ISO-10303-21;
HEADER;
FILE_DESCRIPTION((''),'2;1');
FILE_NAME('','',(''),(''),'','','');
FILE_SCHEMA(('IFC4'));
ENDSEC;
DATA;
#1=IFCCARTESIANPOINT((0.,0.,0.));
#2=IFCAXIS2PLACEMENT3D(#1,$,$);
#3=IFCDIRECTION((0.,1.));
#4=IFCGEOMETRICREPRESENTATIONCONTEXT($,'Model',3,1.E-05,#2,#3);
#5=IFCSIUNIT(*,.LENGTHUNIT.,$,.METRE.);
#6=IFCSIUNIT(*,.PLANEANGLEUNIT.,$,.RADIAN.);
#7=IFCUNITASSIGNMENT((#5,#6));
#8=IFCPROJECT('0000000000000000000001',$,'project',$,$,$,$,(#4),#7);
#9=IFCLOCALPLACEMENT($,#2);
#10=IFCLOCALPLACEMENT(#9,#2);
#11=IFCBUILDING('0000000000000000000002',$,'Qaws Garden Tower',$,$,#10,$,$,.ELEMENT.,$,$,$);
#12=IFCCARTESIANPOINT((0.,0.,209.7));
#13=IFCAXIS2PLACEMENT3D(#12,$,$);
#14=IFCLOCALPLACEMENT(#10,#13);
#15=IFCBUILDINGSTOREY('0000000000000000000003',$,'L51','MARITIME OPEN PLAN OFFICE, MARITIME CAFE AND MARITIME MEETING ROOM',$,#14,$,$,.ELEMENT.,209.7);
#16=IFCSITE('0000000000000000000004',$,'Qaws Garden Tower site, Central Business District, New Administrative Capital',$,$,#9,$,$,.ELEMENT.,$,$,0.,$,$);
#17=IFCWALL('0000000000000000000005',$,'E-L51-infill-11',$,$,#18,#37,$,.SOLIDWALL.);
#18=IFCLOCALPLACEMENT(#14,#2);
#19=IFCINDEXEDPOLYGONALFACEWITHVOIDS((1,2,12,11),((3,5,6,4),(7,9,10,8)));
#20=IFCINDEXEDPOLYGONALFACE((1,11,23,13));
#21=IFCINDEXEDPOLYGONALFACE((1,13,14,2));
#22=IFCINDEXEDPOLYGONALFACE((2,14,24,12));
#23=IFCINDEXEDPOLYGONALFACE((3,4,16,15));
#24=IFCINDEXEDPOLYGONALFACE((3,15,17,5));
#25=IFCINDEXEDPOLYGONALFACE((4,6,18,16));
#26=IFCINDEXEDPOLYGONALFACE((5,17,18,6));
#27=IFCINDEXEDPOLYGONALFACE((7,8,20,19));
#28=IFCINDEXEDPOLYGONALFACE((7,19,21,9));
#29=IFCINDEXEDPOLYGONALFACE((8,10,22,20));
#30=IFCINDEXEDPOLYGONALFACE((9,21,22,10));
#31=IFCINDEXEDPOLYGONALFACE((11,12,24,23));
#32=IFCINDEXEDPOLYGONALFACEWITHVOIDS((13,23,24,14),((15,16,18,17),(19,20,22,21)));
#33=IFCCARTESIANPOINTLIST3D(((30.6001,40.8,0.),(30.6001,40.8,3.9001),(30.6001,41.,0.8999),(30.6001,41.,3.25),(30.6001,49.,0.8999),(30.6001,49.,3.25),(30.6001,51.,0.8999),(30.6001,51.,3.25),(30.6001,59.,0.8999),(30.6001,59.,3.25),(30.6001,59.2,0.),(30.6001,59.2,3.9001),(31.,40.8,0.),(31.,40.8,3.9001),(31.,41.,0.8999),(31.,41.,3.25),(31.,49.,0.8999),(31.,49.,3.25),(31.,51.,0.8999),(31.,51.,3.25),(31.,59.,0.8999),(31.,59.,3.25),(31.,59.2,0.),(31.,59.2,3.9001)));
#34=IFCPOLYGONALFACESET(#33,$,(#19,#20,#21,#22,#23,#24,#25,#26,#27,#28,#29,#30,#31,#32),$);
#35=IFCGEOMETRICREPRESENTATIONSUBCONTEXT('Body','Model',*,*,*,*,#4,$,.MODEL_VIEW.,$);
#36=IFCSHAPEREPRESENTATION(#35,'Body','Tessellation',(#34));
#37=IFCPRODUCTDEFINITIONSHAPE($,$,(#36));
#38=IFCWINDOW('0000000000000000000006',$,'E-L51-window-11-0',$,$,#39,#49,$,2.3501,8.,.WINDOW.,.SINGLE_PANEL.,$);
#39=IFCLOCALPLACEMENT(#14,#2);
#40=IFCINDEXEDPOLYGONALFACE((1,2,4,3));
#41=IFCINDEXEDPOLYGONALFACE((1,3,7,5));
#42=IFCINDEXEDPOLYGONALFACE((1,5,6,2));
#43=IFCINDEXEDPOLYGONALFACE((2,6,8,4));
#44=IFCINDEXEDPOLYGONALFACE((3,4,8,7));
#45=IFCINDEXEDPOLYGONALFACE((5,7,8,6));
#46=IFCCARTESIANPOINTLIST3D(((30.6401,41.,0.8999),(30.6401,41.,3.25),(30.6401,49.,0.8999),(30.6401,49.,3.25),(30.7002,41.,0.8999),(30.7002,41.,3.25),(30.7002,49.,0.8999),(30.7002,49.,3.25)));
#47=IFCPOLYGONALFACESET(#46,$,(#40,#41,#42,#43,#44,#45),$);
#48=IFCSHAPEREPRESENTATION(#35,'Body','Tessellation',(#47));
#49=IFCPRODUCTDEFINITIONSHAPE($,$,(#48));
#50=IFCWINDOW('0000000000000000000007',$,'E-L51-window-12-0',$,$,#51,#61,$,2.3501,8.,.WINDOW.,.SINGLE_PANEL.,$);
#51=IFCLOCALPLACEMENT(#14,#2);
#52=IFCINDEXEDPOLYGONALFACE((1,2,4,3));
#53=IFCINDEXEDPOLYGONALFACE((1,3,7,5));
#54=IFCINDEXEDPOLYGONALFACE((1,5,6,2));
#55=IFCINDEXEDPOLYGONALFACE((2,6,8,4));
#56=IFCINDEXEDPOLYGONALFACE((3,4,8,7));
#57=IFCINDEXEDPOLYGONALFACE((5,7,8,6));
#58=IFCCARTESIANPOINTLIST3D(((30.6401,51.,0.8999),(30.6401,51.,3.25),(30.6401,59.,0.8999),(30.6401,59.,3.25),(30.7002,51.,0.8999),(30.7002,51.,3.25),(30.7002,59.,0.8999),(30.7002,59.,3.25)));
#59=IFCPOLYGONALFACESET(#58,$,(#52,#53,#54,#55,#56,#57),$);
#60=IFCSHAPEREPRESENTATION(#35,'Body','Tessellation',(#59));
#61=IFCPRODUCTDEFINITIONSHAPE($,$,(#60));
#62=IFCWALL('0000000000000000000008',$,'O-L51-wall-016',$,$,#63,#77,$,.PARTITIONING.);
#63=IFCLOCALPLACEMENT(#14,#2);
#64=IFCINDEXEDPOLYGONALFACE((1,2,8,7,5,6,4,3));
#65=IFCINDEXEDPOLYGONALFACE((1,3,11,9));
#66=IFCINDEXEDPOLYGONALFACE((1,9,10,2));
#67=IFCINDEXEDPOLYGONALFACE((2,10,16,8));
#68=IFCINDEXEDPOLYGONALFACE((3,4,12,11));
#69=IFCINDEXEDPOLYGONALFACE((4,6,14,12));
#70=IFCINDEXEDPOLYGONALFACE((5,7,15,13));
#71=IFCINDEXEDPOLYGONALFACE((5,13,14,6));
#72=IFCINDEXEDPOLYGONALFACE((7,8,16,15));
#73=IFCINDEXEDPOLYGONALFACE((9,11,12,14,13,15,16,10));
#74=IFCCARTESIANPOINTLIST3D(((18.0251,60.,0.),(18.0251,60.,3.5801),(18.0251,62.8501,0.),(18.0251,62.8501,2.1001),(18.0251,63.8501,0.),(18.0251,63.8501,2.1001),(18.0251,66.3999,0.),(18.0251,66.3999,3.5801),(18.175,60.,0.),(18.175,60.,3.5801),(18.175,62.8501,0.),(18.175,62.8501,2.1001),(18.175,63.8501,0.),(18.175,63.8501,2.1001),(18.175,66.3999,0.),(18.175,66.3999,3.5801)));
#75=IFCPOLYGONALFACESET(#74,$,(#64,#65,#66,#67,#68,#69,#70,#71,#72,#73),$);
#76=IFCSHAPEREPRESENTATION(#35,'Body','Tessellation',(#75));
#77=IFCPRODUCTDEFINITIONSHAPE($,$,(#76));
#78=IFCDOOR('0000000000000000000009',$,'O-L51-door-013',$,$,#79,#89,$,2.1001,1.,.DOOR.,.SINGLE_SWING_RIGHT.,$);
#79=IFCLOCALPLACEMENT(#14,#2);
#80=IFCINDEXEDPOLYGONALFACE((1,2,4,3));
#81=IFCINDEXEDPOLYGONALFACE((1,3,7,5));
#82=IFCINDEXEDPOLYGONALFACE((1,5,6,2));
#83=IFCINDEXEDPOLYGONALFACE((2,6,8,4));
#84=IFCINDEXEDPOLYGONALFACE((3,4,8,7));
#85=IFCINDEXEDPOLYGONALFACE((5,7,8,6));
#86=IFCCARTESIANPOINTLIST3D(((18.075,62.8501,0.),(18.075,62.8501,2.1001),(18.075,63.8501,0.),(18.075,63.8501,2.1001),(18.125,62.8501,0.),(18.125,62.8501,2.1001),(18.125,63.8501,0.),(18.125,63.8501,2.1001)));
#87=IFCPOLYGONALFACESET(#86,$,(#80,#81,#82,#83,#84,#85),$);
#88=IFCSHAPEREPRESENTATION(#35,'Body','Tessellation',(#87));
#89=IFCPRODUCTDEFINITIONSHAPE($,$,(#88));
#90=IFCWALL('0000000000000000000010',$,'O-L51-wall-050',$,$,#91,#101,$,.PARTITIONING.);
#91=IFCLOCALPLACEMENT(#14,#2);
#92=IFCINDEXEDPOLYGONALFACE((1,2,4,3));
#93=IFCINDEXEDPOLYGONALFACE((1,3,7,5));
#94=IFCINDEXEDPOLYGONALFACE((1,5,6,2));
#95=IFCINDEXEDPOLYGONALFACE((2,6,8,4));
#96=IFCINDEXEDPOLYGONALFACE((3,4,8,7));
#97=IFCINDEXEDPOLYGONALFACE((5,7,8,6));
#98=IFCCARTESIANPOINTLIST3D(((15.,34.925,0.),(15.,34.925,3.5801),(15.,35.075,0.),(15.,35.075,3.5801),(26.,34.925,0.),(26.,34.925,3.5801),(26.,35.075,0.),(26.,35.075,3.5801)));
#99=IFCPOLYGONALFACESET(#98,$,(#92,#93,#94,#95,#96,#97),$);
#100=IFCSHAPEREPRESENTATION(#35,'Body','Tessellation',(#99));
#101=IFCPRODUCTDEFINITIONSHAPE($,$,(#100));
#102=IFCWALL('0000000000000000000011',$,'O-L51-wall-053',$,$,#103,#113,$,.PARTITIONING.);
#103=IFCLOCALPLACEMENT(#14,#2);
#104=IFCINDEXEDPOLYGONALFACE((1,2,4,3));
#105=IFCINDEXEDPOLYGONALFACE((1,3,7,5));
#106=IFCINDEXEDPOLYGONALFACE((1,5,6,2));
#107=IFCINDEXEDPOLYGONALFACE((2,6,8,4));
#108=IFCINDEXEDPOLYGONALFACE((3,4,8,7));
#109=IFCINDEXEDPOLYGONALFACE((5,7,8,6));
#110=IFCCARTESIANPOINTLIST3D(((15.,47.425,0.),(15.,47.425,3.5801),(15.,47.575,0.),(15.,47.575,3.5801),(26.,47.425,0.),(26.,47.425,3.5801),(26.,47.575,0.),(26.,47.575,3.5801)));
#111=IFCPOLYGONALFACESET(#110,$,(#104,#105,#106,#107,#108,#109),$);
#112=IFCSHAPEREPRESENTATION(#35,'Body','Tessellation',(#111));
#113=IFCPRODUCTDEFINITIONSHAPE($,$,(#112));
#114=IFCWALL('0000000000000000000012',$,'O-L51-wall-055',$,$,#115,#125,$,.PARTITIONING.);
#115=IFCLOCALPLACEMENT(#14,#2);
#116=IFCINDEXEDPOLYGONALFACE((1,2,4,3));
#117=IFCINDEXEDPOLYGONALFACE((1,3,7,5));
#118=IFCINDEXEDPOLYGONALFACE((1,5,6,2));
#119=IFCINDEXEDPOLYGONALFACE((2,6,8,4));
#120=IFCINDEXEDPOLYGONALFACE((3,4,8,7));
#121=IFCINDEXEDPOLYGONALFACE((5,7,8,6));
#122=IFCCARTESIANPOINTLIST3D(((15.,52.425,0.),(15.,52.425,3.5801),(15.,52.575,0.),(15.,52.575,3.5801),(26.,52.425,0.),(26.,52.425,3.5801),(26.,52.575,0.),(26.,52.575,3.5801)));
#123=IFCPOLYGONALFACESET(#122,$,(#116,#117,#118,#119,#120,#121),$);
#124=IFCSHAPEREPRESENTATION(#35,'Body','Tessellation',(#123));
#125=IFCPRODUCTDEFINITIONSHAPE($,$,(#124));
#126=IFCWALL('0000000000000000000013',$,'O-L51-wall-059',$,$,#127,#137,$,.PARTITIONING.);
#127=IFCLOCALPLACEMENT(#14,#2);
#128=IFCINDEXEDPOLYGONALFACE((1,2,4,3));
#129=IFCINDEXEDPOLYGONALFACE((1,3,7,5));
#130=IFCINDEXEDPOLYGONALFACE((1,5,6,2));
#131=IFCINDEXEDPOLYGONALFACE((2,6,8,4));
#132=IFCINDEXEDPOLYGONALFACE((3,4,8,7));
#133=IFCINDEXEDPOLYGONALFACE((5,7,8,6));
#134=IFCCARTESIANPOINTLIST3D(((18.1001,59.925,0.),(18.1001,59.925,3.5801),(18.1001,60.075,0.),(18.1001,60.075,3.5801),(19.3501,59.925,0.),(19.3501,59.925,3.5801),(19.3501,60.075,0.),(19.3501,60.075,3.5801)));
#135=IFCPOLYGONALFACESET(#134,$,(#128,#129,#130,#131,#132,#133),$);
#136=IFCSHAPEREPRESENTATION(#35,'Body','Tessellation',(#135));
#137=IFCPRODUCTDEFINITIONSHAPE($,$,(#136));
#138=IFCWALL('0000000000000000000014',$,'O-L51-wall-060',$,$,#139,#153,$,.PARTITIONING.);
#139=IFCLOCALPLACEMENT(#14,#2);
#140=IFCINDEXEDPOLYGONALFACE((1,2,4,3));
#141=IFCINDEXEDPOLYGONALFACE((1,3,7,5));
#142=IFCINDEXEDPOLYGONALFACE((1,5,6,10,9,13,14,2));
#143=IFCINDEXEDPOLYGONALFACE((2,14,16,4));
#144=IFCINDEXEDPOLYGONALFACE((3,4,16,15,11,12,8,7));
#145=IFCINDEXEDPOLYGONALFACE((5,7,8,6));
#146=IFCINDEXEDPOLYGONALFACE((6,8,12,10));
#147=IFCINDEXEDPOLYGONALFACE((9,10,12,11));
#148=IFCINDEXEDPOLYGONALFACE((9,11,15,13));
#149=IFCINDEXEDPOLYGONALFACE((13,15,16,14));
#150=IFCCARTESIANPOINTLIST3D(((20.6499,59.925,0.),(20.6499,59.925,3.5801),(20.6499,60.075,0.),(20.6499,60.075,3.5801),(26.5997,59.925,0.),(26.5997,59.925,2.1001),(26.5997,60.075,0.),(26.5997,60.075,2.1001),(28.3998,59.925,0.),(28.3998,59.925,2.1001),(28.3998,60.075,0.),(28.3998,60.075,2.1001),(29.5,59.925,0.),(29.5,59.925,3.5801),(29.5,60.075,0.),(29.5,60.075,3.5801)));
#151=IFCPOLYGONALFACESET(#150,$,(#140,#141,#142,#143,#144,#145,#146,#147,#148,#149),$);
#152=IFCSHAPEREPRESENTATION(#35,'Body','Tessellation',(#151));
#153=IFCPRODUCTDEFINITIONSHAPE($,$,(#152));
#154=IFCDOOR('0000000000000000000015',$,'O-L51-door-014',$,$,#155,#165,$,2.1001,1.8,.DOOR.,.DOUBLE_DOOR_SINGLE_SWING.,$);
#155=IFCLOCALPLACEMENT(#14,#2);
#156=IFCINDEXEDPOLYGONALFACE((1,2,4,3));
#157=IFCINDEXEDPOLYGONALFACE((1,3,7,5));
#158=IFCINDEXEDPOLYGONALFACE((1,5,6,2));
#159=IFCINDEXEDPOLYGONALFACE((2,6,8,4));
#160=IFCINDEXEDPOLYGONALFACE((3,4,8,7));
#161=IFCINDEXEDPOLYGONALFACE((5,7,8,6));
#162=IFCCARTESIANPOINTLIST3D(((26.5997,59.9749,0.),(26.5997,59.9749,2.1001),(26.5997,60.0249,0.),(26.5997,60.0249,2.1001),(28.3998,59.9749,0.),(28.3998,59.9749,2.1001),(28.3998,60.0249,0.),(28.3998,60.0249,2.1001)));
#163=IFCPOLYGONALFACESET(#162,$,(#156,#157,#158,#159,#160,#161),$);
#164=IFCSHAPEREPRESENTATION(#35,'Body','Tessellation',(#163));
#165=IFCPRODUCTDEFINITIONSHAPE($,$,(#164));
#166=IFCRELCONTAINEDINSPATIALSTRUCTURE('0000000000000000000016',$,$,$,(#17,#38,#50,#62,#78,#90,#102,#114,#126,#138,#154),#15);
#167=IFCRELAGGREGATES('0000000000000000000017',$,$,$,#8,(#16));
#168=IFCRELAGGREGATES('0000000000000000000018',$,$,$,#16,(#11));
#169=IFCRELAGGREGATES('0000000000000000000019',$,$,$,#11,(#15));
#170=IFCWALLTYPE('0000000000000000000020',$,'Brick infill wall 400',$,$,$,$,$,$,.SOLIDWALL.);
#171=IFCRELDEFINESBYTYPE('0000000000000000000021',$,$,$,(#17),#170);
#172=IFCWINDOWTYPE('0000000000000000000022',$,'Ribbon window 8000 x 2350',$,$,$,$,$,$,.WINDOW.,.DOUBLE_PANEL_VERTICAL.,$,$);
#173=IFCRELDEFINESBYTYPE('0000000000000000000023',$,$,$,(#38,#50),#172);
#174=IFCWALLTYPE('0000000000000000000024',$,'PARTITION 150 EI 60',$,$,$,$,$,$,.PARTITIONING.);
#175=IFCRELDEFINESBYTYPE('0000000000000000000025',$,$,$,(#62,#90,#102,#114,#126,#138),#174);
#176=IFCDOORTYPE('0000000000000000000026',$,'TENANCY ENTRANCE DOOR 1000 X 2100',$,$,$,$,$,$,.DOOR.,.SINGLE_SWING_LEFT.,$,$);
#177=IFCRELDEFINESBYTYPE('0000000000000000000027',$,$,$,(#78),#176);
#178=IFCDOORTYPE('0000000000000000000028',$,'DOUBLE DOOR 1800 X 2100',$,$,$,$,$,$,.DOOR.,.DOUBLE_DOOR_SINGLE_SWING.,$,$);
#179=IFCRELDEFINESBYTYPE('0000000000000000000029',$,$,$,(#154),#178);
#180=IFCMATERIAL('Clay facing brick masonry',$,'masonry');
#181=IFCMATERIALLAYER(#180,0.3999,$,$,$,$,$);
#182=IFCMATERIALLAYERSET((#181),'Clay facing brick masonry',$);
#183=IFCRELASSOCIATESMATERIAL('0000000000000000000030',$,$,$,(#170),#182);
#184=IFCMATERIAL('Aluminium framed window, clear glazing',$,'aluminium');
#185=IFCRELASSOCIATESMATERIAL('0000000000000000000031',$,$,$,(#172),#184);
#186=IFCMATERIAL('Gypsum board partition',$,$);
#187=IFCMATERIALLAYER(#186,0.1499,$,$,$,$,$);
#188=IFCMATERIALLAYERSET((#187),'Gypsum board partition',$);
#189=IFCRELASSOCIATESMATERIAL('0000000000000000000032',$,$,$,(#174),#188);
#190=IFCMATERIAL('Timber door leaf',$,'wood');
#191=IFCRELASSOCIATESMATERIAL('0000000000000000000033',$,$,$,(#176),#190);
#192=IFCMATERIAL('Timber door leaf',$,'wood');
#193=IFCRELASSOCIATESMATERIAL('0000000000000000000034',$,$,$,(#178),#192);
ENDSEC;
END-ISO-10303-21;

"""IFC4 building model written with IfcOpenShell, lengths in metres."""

from ifc_helpers import new_model, si_unit, direction, frame, frame_2d, origin, place, context, subcontext, project, spatial, rectangle, extrude, material, layer, layer_set, type_object, element, fill, save


model = new_model("IFC4")

# Units and contexts
model_context = context("Model", 3, precision=1e-05, world=origin(), true_north=direction((0.0, 1.0)))
body_context = subcontext(model_context, "Body", "Model", "MODEL_VIEW")
ifc_project = project(units=[si_unit("LENGTHUNIT", "METRE"), si_unit("PLANEANGLEUNIT", "RADIAN")], contexts=[model_context])

# Site, building, storey
site_placement = place(None, origin())
site = spatial("IfcSite", under=ifc_project, at=site_placement, Name="Qaws Garden Tower site, Central Business District, New Administrative Capital", CompositionType="ELEMENT", RefElevation=0.0)
building_placement = place(site_placement, origin())
building = spatial("IfcBuilding", under=site, at=building_placement, Name="Qaws Garden Tower", CompositionType="ELEMENT")
storey_placement = place(building_placement, frame((0.0, 0.0, 209.7)))
storey = spatial("IfcBuildingStorey", under=building, at=storey_placement, Name="L51", Description="MARITIME OPEN PLAN OFFICE, MARITIME CAFE AND MARITIME MEETING ROOM", CompositionType="ELEMENT", Elevation=209.7)

# Shared definitions
ifc_material_1 = material(Name="Clay facing brick masonry", Category="masonry")
ifc_layer_1 = layer(ifc_material_1, 0.3999)
ifc_layer_set_1 = layer_set([ifc_layer_1], Name="Clay facing brick masonry")
wall_type_1 = type_object("IfcWallType", Name="Brick infill wall 400", PredefinedType="SOLIDWALL", material=ifc_layer_set_1)

# Wall, openings, windows
wall_1_placement = place(storey_placement, frame((30.8, 40.8, 0.0), z_axis=(0.0, 0.0, 1.0), x_axis=(0.0, 1.0, 0.0)))
wall_1 = element("IfcWall", 1, at=wall_1_placement, inside=storey, type_object=wall_type_1, Name="E-L51-infill-11", PredefinedType="SOLIDWALL", context=body_context, shape_type="SweptSolid", body=[
    extrude(rectangle(XDim=18.3999, YDim=0.3999, at=frame_2d((9.2, 0.0))), origin(), (0.0, 0.0, 1.0), 3.9001),
])
opening_1_placement = place(wall_1_placement, frame((0.2, 0.0, 0.8999)))
opening_1 = element("IfcOpeningElement", 2, at=opening_1_placement, cuts=wall_1, PredefinedType="OPENING", context=body_context, shape_type="SweptSolid", body=[
    extrude(rectangle(XDim=8.0, YDim=2.3501, at=frame_2d((4.0, 1.175))), frame((0.0, 0.21, 0.0), z_axis=(0.0, -1.0, 0.0), x_axis=(1.0, 0.0, 0.0)), (0.0, 0.0, 1.0), 0.4199),
])
opening_2_placement = place(wall_1_placement, frame((10.2, 0.0, 0.8999)))
opening_2 = element("IfcOpeningElement", 3, at=opening_2_placement, cuts=wall_1, PredefinedType="OPENING", context=body_context, shape_type="SweptSolid", body=[
    extrude(rectangle(XDim=8.0, YDim=2.3501, at=frame_2d((4.0, 1.175))), frame((0.0, 0.21, 0.0), z_axis=(0.0, -1.0, 0.0), x_axis=(1.0, 0.0, 0.0)), (0.0, 0.0, 1.0), 0.4199),
])
ifc_material_2 = material(Name="Aluminium framed window, clear glazing", Category="aluminium")
window_type_1 = type_object("IfcWindowType", Name="Ribbon window 8000 x 2350", PartitioningType="DOUBLE_PANEL_VERTICAL", PredefinedType="WINDOW", material=ifc_material_2)
window_1_placement = place(opening_1_placement, origin())
window_1 = element("IfcWindow", 4, at=window_1_placement, inside=storey, type_object=window_type_1, Name="E-L51-window-11-0", OverallHeight=2.3501, OverallWidth=8.0, PartitioningType="SINGLE_PANEL", PredefinedType="WINDOW", context=body_context, shape_type="SweptSolid", body=[
    extrude(rectangle(XDim=8.0, YDim=2.3501, at=frame_2d((4.0, 1.175))), frame((0.0, 0.1599, 0.0), z_axis=(0.0, -1.0, 0.0), x_axis=(1.0, 0.0, 0.0)), (0.0, 0.0, 1.0), 0.0601),
])
fill(opening_1, window_1)
window_2_placement = place(opening_2_placement, origin())
window_2 = element("IfcWindow", 5, at=window_2_placement, inside=storey, type_object=window_type_1, Name="E-L51-window-12-0", OverallHeight=2.3501, OverallWidth=8.0, PartitioningType="SINGLE_PANEL", PredefinedType="WINDOW", context=body_context, shape_type="SweptSolid", body=[
    extrude(rectangle(XDim=8.0, YDim=2.3501, at=frame_2d((4.0, 1.175))), frame((0.0, 0.1599, 0.0), z_axis=(0.0, -1.0, 0.0), x_axis=(1.0, 0.0, 0.0)), (0.0, 0.0, 1.0), 0.0601),
])
fill(opening_2, window_2)

# Wall, opening, door
ifc_material_3 = material(Name="Gypsum board partition")
ifc_layer_2 = layer(ifc_material_3, 0.1499)
ifc_layer_set_2 = layer_set([ifc_layer_2], Name="Gypsum board partition")
wall_type_2 = type_object("IfcWallType", Name="PARTITION 150 EI 60", PredefinedType="PARTITIONING", material=ifc_layer_set_2)
wall_2_placement = place(storey_placement, frame((18.1001, 60.0, 0.0), z_axis=(0.0, 0.0, 1.0), x_axis=(0.0, 1.0, 0.0)))
wall_2 = element("IfcWall", 6, at=wall_2_placement, inside=storey, type_object=wall_type_2, Name="O-L51-wall-016", PredefinedType="PARTITIONING", context=body_context, shape_type="SweptSolid", body=[
    extrude(rectangle(XDim=6.3999, YDim=0.1499, at=frame_2d((3.2, 0.0))), origin(), (0.0, 0.0, 1.0), 3.5801),
])
opening_3_placement = place(wall_2_placement, frame((2.8501, 0.0, 0.0)))
opening_3 = element("IfcOpeningElement", 7, at=opening_3_placement, cuts=wall_2, PredefinedType="OPENING", context=body_context, shape_type="SweptSolid", body=[
    extrude(rectangle(XDim=1.0, YDim=2.1001, at=frame_2d((0.5, 1.05))), frame((0.0, 0.085, 0.0), z_axis=(0.0, -1.0, 0.0), x_axis=(1.0, 0.0, 0.0)), (0.0, 0.0, 1.0), 0.1699),
])
ifc_material_4 = material(Name="Timber door leaf", Category="wood")
door_type_1 = type_object("IfcDoorType", Name="TENANCY ENTRANCE DOOR 1000 X 2100", OperationType="SINGLE_SWING_LEFT", PredefinedType="DOOR", material=ifc_material_4)
door_1_placement = place(opening_3_placement, frame((1.0, 0.0, 0.0), z_axis=(0.0, 0.0, 1.0), x_axis=(-1.0, 0.0, 0.0)))
door_1 = element("IfcDoor", 8, at=door_1_placement, inside=storey, type_object=door_type_1, Name="O-L51-door-013", OperationType="SINGLE_SWING_RIGHT", OverallHeight=2.1001, OverallWidth=1.0, PredefinedType="DOOR", context=body_context, shape_type="SweptSolid", body=[
    extrude(rectangle(XDim=1.0, YDim=2.1001, at=frame_2d((0.5, 1.05))), frame((0.0, 0.0249, 0.0), z_axis=(0.0, -1.0, 0.0), x_axis=(1.0, 0.0, 0.0)), (0.0, 0.0, 1.0), 0.05),
])
fill(opening_3, door_1)

# Walls
for number, where, z_axis, x_axis, name in (
    (9, (15.0, 35.0, 0.0), (0.0, 0.0, 1.0), (1.0, 0.0, 0.0), "O-L51-wall-050"),
    (10, (15.0, 47.5, 0.0), (0.0, 0.0, 1.0), (1.0, 0.0, 0.0), "O-L51-wall-053"),
    (11, (15.0, 52.5, 0.0), (0.0, 0.0, 1.0), (1.0, 0.0, 0.0), "O-L51-wall-055"),
):
    element("IfcWall", number, at=place(storey_placement, frame(where, z_axis=z_axis, x_axis=x_axis)), inside=storey, type_object=wall_type_2, Name=name, PredefinedType="PARTITIONING", context=body_context, shape_type="SweptSolid", body=[
        extrude(rectangle(XDim=11.0, YDim=0.1499, at=frame_2d((5.5, 0.0))), origin(), (0.0, 0.0, 1.0), 3.5801),
    ])
wall_3_placement = place(storey_placement, frame((18.1001, 60.0, 0.0), z_axis=(0.0, 0.0, 1.0), x_axis=(1.0, 0.0, 0.0)))
element("IfcWall", 12, at=wall_3_placement, inside=storey, type_object=wall_type_2, Name="O-L51-wall-059", PredefinedType="PARTITIONING", context=body_context, shape_type="SweptSolid", body=[
    extrude(rectangle(XDim=1.25, YDim=0.1499, at=frame_2d((0.625, 0.0))), origin(), (0.0, 0.0, 1.0), 3.5801),
])

# Wall, opening, door
wall_4_placement = place(storey_placement, frame((20.6499, 60.0, 0.0), z_axis=(0.0, 0.0, 1.0), x_axis=(1.0, 0.0, 0.0)))
wall_4 = element("IfcWall", 13, at=wall_4_placement, inside=storey, type_object=wall_type_2, Name="O-L51-wall-060", PredefinedType="PARTITIONING", context=body_context, shape_type="SweptSolid", body=[
    extrude(rectangle(XDim=8.8501, YDim=0.1499, at=frame_2d((4.425, 0.0))), origin(), (0.0, 0.0, 1.0), 3.5801),
])
opening_4_placement = place(wall_4_placement, frame((5.95, 0.0, 0.0)))
opening_4 = element("IfcOpeningElement", 14, at=opening_4_placement, cuts=wall_4, PredefinedType="OPENING", context=body_context, shape_type="SweptSolid", body=[
    extrude(rectangle(XDim=1.8, YDim=2.1001, at=frame_2d((0.8999, 1.05))), frame((0.0, 0.085, 0.0), z_axis=(0.0, -1.0, 0.0), x_axis=(1.0, 0.0, 0.0)), (0.0, 0.0, 1.0), 0.1699),
])
ifc_material_5 = material(Name="Timber door leaf", Category="wood")
door_type_2 = type_object("IfcDoorType", Name="DOUBLE DOOR 1800 X 2100", OperationType="DOUBLE_DOOR_SINGLE_SWING", PredefinedType="DOOR", material=ifc_material_5)
door_2_placement = place(opening_4_placement, origin())
door_2 = element("IfcDoor", 15, at=door_2_placement, inside=storey, type_object=door_type_2, Name="O-L51-door-014", OperationType="DOUBLE_DOOR_SINGLE_SWING", OverallHeight=2.1001, OverallWidth=1.8, PredefinedType="DOOR", context=body_context, shape_type="SweptSolid", body=[
    extrude(rectangle(XDim=1.8, YDim=2.1001, at=frame_2d((0.8999, 1.05))), frame((0.0, 0.0249, 0.0), z_axis=(0.0, -1.0, 0.0), x_axis=(1.0, 0.0, 0.0)), (0.0, 0.0, 1.0), 0.05),
])
fill(opening_4, door_2)

save(model, "model.ifc")
